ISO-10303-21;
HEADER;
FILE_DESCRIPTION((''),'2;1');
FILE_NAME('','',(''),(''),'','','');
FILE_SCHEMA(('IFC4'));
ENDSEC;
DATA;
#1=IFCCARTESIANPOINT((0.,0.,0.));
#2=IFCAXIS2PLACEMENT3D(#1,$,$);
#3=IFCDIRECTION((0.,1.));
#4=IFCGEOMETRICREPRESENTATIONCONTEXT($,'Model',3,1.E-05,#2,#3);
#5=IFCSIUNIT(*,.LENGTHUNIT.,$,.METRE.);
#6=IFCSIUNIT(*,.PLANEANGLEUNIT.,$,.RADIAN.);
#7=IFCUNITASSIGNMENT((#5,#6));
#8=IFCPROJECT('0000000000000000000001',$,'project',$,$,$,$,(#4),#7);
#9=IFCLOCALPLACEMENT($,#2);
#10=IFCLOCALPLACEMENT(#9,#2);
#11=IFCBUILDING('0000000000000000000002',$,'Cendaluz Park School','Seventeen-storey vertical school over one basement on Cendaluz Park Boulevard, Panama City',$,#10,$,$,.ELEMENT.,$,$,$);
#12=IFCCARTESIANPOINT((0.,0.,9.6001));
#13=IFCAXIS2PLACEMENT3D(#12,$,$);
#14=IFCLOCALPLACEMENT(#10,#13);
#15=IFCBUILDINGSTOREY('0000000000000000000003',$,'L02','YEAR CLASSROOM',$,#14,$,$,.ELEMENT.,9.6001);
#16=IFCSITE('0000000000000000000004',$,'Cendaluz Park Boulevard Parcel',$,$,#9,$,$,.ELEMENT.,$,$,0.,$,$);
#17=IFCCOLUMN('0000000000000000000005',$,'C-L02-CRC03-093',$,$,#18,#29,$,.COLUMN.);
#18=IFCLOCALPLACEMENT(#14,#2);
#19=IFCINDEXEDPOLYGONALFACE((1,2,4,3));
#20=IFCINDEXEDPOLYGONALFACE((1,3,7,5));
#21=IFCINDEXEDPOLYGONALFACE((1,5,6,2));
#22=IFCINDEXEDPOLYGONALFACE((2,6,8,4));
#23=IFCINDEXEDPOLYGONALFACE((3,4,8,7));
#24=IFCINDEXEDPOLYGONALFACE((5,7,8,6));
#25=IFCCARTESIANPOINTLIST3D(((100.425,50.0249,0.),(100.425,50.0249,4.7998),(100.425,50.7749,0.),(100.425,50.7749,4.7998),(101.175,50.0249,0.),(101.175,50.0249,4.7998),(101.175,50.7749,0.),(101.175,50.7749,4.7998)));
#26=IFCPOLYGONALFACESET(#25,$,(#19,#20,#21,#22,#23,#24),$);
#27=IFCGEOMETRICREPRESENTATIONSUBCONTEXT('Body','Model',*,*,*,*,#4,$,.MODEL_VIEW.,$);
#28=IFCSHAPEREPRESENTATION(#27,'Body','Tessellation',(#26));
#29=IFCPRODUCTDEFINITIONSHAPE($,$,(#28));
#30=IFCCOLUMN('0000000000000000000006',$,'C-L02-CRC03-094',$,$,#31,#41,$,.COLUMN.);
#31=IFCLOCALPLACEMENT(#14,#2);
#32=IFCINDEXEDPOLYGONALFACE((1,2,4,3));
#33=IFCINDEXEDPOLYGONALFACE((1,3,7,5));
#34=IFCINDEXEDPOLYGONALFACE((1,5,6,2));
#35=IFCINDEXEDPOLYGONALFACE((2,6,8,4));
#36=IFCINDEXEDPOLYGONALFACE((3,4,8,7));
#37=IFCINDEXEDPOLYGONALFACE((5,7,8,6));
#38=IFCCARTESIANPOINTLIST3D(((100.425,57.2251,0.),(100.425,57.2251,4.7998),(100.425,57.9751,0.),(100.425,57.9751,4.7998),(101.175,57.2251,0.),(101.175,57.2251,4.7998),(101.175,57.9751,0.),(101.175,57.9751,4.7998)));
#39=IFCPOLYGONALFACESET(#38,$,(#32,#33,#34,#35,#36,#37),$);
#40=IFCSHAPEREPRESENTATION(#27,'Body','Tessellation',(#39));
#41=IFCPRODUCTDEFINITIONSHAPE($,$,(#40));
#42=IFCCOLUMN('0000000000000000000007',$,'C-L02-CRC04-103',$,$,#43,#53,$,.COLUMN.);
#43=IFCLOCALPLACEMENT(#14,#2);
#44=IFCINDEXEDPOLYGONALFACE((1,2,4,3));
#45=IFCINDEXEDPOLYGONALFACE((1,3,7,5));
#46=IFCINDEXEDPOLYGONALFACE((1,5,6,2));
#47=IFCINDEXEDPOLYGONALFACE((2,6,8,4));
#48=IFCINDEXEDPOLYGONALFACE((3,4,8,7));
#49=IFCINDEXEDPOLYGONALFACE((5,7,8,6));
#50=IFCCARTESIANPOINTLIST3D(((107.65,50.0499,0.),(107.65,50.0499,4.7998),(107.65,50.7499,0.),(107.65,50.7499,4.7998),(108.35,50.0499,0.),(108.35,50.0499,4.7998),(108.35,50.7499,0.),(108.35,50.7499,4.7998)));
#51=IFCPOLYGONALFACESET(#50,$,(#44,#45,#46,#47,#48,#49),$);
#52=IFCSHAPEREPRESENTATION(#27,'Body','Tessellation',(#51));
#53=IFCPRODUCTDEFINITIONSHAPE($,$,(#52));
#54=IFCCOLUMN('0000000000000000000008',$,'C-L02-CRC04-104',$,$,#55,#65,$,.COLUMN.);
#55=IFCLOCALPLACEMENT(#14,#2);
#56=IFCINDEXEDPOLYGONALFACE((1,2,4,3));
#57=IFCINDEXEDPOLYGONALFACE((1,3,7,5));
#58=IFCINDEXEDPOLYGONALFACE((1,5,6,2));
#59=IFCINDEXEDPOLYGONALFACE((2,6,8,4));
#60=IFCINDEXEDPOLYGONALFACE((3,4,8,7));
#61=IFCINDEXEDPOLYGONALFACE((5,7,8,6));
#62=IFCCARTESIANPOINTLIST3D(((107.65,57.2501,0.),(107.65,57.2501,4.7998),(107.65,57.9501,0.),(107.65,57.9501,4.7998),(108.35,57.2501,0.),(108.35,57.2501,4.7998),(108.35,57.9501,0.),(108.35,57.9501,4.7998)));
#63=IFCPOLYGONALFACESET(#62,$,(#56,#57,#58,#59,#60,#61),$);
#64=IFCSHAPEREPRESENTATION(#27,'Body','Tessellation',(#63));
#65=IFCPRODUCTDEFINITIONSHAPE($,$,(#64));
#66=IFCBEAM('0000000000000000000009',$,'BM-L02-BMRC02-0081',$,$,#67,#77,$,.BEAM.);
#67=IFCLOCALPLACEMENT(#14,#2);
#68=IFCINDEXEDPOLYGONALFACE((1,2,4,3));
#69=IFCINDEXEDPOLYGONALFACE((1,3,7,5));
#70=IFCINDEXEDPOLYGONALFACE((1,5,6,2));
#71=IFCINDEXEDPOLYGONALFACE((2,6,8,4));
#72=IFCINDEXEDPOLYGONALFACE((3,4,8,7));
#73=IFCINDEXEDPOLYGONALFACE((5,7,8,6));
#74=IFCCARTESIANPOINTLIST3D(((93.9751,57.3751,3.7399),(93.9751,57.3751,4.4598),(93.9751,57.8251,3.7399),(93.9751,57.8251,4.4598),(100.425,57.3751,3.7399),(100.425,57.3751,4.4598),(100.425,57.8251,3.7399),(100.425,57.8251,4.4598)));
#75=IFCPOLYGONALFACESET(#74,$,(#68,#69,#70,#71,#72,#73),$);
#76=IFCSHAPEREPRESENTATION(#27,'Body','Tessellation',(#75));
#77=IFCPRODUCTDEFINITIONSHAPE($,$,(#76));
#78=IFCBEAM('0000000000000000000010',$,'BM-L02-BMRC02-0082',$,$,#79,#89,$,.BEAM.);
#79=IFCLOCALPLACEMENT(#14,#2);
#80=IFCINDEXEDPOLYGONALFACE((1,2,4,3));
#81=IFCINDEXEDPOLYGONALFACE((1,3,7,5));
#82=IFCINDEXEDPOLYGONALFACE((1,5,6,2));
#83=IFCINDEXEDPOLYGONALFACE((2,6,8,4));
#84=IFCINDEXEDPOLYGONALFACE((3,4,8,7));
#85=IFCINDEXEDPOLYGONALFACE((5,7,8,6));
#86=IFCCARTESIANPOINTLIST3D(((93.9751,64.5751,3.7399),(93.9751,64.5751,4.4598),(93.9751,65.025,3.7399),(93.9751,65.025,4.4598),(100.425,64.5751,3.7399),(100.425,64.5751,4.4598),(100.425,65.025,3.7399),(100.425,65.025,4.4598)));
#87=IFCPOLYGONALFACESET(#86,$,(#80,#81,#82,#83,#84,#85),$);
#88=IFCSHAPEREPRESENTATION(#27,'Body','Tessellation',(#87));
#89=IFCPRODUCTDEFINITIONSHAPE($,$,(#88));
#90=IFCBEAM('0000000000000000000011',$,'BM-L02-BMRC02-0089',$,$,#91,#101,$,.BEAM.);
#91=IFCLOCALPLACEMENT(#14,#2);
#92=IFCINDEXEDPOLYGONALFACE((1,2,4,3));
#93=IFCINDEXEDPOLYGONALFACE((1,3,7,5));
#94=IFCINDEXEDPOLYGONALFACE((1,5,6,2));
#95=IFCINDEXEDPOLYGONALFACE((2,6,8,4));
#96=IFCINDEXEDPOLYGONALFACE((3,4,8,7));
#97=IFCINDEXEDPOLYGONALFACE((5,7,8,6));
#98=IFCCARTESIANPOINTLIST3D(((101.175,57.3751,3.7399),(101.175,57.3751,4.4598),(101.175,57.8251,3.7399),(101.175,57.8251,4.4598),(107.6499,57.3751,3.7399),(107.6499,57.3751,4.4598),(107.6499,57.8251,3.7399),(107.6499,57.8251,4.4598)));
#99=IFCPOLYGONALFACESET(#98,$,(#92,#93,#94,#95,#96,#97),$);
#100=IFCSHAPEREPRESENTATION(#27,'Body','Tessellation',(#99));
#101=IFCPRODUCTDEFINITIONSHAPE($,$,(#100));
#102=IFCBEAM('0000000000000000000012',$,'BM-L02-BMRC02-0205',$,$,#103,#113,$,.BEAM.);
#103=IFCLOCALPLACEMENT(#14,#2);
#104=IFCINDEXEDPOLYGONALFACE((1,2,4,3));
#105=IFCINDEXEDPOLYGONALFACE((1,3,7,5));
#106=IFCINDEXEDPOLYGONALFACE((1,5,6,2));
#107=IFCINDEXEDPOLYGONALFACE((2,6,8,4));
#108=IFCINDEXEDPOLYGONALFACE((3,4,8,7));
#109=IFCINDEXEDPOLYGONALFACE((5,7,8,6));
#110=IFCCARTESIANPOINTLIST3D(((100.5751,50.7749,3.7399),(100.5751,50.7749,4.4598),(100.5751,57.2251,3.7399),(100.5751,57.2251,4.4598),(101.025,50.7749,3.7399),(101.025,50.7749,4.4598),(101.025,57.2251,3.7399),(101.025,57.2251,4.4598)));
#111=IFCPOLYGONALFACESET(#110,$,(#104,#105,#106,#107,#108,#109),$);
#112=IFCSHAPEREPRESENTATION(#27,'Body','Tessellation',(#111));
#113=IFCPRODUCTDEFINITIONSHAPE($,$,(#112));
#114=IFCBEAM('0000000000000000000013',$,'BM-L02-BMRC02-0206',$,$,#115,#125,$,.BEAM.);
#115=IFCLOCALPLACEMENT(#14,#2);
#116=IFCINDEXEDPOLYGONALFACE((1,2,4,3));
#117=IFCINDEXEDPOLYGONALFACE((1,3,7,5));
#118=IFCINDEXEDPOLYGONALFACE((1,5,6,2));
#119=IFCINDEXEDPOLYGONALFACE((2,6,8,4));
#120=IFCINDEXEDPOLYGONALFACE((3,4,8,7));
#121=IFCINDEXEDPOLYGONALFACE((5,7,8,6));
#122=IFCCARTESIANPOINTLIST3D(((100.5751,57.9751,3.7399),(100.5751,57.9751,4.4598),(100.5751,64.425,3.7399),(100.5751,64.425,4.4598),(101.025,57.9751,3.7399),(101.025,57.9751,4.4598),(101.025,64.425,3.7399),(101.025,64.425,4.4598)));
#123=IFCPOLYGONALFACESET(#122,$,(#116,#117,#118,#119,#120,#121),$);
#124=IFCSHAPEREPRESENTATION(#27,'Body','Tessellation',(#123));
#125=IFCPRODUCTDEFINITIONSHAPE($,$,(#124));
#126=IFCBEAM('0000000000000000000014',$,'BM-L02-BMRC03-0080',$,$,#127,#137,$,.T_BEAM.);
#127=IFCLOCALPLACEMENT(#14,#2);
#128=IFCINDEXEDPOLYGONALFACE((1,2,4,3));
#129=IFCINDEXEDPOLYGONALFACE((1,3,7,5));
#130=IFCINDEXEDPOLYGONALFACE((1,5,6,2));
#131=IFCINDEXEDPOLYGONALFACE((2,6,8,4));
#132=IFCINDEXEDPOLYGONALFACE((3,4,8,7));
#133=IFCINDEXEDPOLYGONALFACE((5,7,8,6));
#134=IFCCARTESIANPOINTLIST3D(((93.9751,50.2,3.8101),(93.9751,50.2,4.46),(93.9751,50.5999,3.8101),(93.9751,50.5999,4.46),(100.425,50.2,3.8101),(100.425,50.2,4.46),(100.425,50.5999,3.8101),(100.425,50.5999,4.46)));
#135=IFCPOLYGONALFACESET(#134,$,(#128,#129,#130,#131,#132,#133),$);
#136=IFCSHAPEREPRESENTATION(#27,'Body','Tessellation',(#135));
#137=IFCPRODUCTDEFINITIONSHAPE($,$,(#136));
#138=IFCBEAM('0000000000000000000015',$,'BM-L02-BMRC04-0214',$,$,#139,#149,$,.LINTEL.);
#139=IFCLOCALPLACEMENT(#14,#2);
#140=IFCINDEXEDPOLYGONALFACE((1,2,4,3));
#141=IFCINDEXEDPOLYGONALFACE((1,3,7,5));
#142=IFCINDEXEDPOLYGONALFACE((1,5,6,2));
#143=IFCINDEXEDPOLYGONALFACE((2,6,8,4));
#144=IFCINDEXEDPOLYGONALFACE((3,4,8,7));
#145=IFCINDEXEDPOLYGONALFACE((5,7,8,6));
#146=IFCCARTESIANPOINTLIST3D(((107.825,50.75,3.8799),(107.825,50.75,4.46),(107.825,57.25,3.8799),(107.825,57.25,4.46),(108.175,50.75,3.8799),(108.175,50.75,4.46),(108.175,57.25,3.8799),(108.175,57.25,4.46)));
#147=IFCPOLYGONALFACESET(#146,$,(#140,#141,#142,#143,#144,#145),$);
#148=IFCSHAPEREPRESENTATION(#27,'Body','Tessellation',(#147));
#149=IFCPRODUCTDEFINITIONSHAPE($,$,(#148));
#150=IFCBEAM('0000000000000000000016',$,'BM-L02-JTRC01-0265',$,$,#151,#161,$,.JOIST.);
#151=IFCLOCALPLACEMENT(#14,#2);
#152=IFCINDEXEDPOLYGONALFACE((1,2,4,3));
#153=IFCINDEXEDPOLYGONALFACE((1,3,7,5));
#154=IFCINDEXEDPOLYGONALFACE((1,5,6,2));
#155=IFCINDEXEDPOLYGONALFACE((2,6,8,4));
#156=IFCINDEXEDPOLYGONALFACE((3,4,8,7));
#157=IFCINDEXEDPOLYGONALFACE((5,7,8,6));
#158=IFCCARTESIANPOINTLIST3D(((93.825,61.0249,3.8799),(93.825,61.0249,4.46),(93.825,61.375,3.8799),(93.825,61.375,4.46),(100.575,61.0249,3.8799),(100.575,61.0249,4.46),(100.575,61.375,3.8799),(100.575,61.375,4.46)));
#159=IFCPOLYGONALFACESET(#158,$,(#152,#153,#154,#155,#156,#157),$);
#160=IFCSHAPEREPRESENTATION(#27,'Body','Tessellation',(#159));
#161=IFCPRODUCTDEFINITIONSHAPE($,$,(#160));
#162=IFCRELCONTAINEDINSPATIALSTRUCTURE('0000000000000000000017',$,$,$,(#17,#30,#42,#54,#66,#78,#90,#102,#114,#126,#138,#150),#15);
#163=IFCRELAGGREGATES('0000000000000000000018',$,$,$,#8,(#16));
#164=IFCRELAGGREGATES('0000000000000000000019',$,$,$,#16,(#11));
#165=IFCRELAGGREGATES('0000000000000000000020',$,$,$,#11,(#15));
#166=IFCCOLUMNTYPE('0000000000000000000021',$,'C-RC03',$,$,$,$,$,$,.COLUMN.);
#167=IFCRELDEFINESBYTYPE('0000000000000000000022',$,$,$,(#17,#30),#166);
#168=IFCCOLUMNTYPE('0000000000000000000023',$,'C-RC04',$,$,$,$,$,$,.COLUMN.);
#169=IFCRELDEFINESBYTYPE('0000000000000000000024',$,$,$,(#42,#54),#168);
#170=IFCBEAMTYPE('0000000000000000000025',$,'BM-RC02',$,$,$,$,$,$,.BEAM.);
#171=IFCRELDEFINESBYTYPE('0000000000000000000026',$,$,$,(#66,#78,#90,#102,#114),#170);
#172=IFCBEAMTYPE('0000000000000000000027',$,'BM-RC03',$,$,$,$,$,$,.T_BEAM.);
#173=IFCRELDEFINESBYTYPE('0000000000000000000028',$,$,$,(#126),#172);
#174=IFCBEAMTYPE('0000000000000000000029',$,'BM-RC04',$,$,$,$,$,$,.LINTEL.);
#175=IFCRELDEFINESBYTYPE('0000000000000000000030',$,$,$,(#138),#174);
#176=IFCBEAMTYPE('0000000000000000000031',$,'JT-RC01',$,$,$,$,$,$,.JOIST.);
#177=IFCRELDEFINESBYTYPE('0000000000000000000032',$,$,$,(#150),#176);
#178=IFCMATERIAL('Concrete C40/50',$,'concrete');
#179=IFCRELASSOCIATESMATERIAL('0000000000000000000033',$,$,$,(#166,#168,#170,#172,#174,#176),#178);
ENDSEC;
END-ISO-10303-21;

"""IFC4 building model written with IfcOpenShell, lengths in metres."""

from ifc_helpers import new_model, si_unit, direction, frame, origin, origin_2d, place, context, subcontext, project, spatial, rectangle, extrude, material, material_profile, profile_set, type_object, element, save


model = new_model("IFC4")

# Units and contexts
model_context = context("Model", 3, precision=1e-05, world=origin(), true_north=direction((0.0, 1.0)))
body_context = subcontext(model_context, "Body", "Model", "MODEL_VIEW")
ifc_project = project(units=[si_unit("LENGTHUNIT", "METRE"), si_unit("PLANEANGLEUNIT", "RADIAN")], contexts=[model_context])

# Site, building, storey
site_placement = place(None, origin())
site = spatial("IfcSite", under=ifc_project, at=site_placement, Name="Cendaluz Park Boulevard Parcel", CompositionType="ELEMENT", RefElevation=0.0)
building_placement = place(site_placement, origin())
building = spatial("IfcBuilding", under=site, at=building_placement, Name="Cendaluz Park School", Description="Seventeen-storey vertical school over one basement on Cendaluz Park Boulevard, Panama City", CompositionType="ELEMENT")
storey_placement = place(building_placement, frame((0.0, 0.0, 9.6001)))
storey = spatial("IfcBuildingStorey", under=building, at=storey_placement, Name="L02", Description="YEAR CLASSROOM", CompositionType="ELEMENT", Elevation=9.6001)

# Columns
ifc_material_1 = material(Name="Concrete C40/50", Category="concrete")
ifc_material_profile_1 = material_profile(ifc_material_1, rectangle(XDim=0.75, YDim=0.75, at=origin_2d()), Name="RC 750x750", Category="concrete")
ifc_profile_set_1 = profile_set([ifc_material_profile_1], Name="Concrete C40/50")
column_type_1 = type_object("IfcColumnType", Name="C-RC03", PredefinedType="COLUMN", material=ifc_profile_set_1)
for number, where, z_axis, x_axis, name in (
    (1, (100.8, 50.3999, 0.0), (0.0, 0.0, 1.0), (1.0, 0.0, 0.0), "C-L02-CRC03-093"),
    (2, (100.8, 57.6001, 0.0), (0.0, 0.0, 1.0), (1.0, 0.0, 0.0), "C-L02-CRC03-094"),
):
    element("IfcColumn", number, at=place(storey_placement, frame(where, z_axis=z_axis, x_axis=x_axis)), inside=storey, type_object=column_type_1, Name=name, PredefinedType="COLUMN", context=body_context, shape_type="SweptSolid", body=[
        extrude(rectangle(XDim=0.75, YDim=0.75, at=origin_2d()), origin(), (0.0, 0.0, 1.0), 4.7998),
    ])
ifc_material_profile_2 = material_profile(ifc_material_1, rectangle(XDim=0.7, YDim=0.7, at=origin_2d()), Name="RC 700x700", Category="concrete")
ifc_profile_set_2 = profile_set([ifc_material_profile_2], Name="Concrete C40/50")
column_type_2 = type_object("IfcColumnType", Name="C-RC04", PredefinedType="COLUMN", material=ifc_profile_set_2)
for number, where, z_axis, x_axis, name in (
    (3, (108.0, 50.3999, 0.0), (0.0, 0.0, 1.0), (1.0, 0.0, 0.0), "C-L02-CRC04-103"),
    (4, (108.0, 57.6001, 0.0), (0.0, 0.0, 1.0), (1.0, 0.0, 0.0), "C-L02-CRC04-104"),
):
    element("IfcColumn", number, at=place(storey_placement, frame(where, z_axis=z_axis, x_axis=x_axis)), inside=storey, type_object=column_type_2, Name=name, PredefinedType="COLUMN", context=body_context, shape_type="SweptSolid", body=[
        extrude(rectangle(XDim=0.7, YDim=0.7, at=origin_2d()), origin(), (0.0, 0.0, 1.0), 4.7998),
    ])

# Beams
ifc_material_profile_3 = material_profile(ifc_material_1, rectangle(XDim=0.45, YDim=0.72, at=origin_2d()), Name="RC 450x720", Category="concrete")
ifc_profile_set_3 = profile_set([ifc_material_profile_3], Name="Concrete C40/50")
beam_type_1 = type_object("IfcBeamType", Name="BM-RC02", PredefinedType="BEAM", material=ifc_profile_set_3)
for number, where, z_axis, x_axis, name in (
    (5, (93.9751, 57.6001, 4.0999), (1.0, 0.0, 0.0), (0.0, 1.0, 0.0), "BM-L02-BMRC02-0081"),
    (6, (93.9751, 64.8, 4.0999), (1.0, 0.0, 0.0), (0.0, 1.0, 0.0), "BM-L02-BMRC02-0082"),
):
    element("IfcBeam", number, at=place(storey_placement, frame(where, z_axis=z_axis, x_axis=x_axis)), inside=storey, type_object=beam_type_1, Name=name, PredefinedType="BEAM", context=body_context, shape_type="SweptSolid", body=[
        extrude(rectangle(XDim=0.45, YDim=0.72, at=origin_2d()), origin(), (0.0, 0.0, 1.0), 6.45),
    ])
beam_1_placement = place(storey_placement, frame((101.175, 57.6001, 4.0999), z_axis=(1.0, 0.0, 0.0), x_axis=(0.0, 1.0, 0.0)))
element("IfcBeam", 7, at=beam_1_placement, inside=storey, type_object=beam_type_1, Name="BM-L02-BMRC02-0089", PredefinedType="BEAM", context=body_context, shape_type="SweptSolid", body=[
    extrude(rectangle(XDim=0.45, YDim=0.72, at=origin_2d()), origin(), (0.0, 0.0, 1.0), 6.4749),
])
beam_2_placement = place(storey_placement, frame((100.8, 50.7749, 4.0999), z_axis=(0.0, 1.0, 0.0), x_axis=(-1.0, 0.0, 0.0)))
element("IfcBeam", 8, at=beam_2_placement, inside=storey, type_object=beam_type_1, Name="BM-L02-BMRC02-0205", PredefinedType="BEAM", context=body_context, shape_type="SweptSolid", body=[
    extrude(rectangle(XDim=0.45, YDim=0.72, at=origin_2d()), origin(), (0.0, 0.0, 1.0), 6.4502),
])
beam_3_placement = place(storey_placement, frame((100.8, 57.9751, 4.0999), z_axis=(0.0, 1.0, 0.0), x_axis=(-1.0, 0.0, 0.0)))
element("IfcBeam", 9, at=beam_3_placement, inside=storey, type_object=beam_type_1, Name="BM-L02-BMRC02-0206", PredefinedType="BEAM", context=body_context, shape_type="SweptSolid", body=[
    extrude(rectangle(XDim=0.45, YDim=0.72, at=origin_2d()), origin(), (0.0, 0.0, 1.0), 6.45),
])
ifc_material_profile_4 = material_profile(ifc_material_1, rectangle(XDim=0.3999, YDim=0.6499, at=origin_2d()), Name="RC 400x650", Category="concrete")
ifc_profile_set_4 = profile_set([ifc_material_profile_4], Name="Concrete C40/50")
beam_type_2 = type_object("IfcBeamType", Name="BM-RC03", PredefinedType="T_BEAM", material=ifc_profile_set_4)
beam_4_placement = place(storey_placement, frame((93.9751, 50.3999, 4.135), z_axis=(1.0, 0.0, 0.0), x_axis=(0.0, 1.0, 0.0)))
element("IfcBeam", 10, at=beam_4_placement, inside=storey, type_object=beam_type_2, Name="BM-L02-BMRC03-0080", PredefinedType="T_BEAM", context=body_context, shape_type="SweptSolid", body=[
    extrude(rectangle(XDim=0.3999, YDim=0.6499, at=origin_2d()), origin(), (0.0, 0.0, 1.0), 6.45),
])
ifc_material_profile_5 = material_profile(ifc_material_1, rectangle(XDim=0.3501, YDim=0.5801, at=origin_2d()), Name="RC 350x580", Category="concrete")
ifc_profile_set_5 = profile_set([ifc_material_profile_5], Name="Concrete C40/50")
beam_type_3 = type_object("IfcBeamType", Name="BM-RC04", PredefinedType="LINTEL", material=ifc_profile_set_5)
beam_5_placement = place(storey_placement, frame((108.0, 50.75, 4.1699), z_axis=(0.0, 1.0, 0.0), x_axis=(-1.0, 0.0, 0.0)))
element("IfcBeam", 11, at=beam_5_placement, inside=storey, type_object=beam_type_3, Name="BM-L02-BMRC04-0214", PredefinedType="LINTEL", context=body_context, shape_type="SweptSolid", body=[
    extrude(rectangle(XDim=0.3501, YDim=0.5801, at=origin_2d()), origin(), (0.0, 0.0, 1.0), 6.5),
])
ifc_material_profile_6 = material_profile(ifc_material_1, rectangle(XDim=0.3501, YDim=0.5801, at=origin_2d()), Name="RC 350x580", Category="concrete")
ifc_profile_set_6 = profile_set([ifc_material_profile_6], Name="Concrete C40/50")
beam_type_4 = type_object("IfcBeamType", Name="JT-RC01", PredefinedType="JOIST", material=ifc_profile_set_6)
beam_6_placement = place(storey_placement, frame((93.825, 61.2, 4.1699), z_axis=(1.0, 0.0, 0.0), x_axis=(0.0, 1.0, 0.0)))
element("IfcBeam", 12, at=beam_6_placement, inside=storey, type_object=beam_type_4, Name="BM-L02-JTRC01-0265", PredefinedType="JOIST", context=body_context, shape_type="SweptSolid", body=[
    extrude(rectangle(XDim=0.3501, YDim=0.5801, at=origin_2d()), origin(), (0.0, 0.0, 1.0), 6.75),
])

save(model, "model.ifc")
